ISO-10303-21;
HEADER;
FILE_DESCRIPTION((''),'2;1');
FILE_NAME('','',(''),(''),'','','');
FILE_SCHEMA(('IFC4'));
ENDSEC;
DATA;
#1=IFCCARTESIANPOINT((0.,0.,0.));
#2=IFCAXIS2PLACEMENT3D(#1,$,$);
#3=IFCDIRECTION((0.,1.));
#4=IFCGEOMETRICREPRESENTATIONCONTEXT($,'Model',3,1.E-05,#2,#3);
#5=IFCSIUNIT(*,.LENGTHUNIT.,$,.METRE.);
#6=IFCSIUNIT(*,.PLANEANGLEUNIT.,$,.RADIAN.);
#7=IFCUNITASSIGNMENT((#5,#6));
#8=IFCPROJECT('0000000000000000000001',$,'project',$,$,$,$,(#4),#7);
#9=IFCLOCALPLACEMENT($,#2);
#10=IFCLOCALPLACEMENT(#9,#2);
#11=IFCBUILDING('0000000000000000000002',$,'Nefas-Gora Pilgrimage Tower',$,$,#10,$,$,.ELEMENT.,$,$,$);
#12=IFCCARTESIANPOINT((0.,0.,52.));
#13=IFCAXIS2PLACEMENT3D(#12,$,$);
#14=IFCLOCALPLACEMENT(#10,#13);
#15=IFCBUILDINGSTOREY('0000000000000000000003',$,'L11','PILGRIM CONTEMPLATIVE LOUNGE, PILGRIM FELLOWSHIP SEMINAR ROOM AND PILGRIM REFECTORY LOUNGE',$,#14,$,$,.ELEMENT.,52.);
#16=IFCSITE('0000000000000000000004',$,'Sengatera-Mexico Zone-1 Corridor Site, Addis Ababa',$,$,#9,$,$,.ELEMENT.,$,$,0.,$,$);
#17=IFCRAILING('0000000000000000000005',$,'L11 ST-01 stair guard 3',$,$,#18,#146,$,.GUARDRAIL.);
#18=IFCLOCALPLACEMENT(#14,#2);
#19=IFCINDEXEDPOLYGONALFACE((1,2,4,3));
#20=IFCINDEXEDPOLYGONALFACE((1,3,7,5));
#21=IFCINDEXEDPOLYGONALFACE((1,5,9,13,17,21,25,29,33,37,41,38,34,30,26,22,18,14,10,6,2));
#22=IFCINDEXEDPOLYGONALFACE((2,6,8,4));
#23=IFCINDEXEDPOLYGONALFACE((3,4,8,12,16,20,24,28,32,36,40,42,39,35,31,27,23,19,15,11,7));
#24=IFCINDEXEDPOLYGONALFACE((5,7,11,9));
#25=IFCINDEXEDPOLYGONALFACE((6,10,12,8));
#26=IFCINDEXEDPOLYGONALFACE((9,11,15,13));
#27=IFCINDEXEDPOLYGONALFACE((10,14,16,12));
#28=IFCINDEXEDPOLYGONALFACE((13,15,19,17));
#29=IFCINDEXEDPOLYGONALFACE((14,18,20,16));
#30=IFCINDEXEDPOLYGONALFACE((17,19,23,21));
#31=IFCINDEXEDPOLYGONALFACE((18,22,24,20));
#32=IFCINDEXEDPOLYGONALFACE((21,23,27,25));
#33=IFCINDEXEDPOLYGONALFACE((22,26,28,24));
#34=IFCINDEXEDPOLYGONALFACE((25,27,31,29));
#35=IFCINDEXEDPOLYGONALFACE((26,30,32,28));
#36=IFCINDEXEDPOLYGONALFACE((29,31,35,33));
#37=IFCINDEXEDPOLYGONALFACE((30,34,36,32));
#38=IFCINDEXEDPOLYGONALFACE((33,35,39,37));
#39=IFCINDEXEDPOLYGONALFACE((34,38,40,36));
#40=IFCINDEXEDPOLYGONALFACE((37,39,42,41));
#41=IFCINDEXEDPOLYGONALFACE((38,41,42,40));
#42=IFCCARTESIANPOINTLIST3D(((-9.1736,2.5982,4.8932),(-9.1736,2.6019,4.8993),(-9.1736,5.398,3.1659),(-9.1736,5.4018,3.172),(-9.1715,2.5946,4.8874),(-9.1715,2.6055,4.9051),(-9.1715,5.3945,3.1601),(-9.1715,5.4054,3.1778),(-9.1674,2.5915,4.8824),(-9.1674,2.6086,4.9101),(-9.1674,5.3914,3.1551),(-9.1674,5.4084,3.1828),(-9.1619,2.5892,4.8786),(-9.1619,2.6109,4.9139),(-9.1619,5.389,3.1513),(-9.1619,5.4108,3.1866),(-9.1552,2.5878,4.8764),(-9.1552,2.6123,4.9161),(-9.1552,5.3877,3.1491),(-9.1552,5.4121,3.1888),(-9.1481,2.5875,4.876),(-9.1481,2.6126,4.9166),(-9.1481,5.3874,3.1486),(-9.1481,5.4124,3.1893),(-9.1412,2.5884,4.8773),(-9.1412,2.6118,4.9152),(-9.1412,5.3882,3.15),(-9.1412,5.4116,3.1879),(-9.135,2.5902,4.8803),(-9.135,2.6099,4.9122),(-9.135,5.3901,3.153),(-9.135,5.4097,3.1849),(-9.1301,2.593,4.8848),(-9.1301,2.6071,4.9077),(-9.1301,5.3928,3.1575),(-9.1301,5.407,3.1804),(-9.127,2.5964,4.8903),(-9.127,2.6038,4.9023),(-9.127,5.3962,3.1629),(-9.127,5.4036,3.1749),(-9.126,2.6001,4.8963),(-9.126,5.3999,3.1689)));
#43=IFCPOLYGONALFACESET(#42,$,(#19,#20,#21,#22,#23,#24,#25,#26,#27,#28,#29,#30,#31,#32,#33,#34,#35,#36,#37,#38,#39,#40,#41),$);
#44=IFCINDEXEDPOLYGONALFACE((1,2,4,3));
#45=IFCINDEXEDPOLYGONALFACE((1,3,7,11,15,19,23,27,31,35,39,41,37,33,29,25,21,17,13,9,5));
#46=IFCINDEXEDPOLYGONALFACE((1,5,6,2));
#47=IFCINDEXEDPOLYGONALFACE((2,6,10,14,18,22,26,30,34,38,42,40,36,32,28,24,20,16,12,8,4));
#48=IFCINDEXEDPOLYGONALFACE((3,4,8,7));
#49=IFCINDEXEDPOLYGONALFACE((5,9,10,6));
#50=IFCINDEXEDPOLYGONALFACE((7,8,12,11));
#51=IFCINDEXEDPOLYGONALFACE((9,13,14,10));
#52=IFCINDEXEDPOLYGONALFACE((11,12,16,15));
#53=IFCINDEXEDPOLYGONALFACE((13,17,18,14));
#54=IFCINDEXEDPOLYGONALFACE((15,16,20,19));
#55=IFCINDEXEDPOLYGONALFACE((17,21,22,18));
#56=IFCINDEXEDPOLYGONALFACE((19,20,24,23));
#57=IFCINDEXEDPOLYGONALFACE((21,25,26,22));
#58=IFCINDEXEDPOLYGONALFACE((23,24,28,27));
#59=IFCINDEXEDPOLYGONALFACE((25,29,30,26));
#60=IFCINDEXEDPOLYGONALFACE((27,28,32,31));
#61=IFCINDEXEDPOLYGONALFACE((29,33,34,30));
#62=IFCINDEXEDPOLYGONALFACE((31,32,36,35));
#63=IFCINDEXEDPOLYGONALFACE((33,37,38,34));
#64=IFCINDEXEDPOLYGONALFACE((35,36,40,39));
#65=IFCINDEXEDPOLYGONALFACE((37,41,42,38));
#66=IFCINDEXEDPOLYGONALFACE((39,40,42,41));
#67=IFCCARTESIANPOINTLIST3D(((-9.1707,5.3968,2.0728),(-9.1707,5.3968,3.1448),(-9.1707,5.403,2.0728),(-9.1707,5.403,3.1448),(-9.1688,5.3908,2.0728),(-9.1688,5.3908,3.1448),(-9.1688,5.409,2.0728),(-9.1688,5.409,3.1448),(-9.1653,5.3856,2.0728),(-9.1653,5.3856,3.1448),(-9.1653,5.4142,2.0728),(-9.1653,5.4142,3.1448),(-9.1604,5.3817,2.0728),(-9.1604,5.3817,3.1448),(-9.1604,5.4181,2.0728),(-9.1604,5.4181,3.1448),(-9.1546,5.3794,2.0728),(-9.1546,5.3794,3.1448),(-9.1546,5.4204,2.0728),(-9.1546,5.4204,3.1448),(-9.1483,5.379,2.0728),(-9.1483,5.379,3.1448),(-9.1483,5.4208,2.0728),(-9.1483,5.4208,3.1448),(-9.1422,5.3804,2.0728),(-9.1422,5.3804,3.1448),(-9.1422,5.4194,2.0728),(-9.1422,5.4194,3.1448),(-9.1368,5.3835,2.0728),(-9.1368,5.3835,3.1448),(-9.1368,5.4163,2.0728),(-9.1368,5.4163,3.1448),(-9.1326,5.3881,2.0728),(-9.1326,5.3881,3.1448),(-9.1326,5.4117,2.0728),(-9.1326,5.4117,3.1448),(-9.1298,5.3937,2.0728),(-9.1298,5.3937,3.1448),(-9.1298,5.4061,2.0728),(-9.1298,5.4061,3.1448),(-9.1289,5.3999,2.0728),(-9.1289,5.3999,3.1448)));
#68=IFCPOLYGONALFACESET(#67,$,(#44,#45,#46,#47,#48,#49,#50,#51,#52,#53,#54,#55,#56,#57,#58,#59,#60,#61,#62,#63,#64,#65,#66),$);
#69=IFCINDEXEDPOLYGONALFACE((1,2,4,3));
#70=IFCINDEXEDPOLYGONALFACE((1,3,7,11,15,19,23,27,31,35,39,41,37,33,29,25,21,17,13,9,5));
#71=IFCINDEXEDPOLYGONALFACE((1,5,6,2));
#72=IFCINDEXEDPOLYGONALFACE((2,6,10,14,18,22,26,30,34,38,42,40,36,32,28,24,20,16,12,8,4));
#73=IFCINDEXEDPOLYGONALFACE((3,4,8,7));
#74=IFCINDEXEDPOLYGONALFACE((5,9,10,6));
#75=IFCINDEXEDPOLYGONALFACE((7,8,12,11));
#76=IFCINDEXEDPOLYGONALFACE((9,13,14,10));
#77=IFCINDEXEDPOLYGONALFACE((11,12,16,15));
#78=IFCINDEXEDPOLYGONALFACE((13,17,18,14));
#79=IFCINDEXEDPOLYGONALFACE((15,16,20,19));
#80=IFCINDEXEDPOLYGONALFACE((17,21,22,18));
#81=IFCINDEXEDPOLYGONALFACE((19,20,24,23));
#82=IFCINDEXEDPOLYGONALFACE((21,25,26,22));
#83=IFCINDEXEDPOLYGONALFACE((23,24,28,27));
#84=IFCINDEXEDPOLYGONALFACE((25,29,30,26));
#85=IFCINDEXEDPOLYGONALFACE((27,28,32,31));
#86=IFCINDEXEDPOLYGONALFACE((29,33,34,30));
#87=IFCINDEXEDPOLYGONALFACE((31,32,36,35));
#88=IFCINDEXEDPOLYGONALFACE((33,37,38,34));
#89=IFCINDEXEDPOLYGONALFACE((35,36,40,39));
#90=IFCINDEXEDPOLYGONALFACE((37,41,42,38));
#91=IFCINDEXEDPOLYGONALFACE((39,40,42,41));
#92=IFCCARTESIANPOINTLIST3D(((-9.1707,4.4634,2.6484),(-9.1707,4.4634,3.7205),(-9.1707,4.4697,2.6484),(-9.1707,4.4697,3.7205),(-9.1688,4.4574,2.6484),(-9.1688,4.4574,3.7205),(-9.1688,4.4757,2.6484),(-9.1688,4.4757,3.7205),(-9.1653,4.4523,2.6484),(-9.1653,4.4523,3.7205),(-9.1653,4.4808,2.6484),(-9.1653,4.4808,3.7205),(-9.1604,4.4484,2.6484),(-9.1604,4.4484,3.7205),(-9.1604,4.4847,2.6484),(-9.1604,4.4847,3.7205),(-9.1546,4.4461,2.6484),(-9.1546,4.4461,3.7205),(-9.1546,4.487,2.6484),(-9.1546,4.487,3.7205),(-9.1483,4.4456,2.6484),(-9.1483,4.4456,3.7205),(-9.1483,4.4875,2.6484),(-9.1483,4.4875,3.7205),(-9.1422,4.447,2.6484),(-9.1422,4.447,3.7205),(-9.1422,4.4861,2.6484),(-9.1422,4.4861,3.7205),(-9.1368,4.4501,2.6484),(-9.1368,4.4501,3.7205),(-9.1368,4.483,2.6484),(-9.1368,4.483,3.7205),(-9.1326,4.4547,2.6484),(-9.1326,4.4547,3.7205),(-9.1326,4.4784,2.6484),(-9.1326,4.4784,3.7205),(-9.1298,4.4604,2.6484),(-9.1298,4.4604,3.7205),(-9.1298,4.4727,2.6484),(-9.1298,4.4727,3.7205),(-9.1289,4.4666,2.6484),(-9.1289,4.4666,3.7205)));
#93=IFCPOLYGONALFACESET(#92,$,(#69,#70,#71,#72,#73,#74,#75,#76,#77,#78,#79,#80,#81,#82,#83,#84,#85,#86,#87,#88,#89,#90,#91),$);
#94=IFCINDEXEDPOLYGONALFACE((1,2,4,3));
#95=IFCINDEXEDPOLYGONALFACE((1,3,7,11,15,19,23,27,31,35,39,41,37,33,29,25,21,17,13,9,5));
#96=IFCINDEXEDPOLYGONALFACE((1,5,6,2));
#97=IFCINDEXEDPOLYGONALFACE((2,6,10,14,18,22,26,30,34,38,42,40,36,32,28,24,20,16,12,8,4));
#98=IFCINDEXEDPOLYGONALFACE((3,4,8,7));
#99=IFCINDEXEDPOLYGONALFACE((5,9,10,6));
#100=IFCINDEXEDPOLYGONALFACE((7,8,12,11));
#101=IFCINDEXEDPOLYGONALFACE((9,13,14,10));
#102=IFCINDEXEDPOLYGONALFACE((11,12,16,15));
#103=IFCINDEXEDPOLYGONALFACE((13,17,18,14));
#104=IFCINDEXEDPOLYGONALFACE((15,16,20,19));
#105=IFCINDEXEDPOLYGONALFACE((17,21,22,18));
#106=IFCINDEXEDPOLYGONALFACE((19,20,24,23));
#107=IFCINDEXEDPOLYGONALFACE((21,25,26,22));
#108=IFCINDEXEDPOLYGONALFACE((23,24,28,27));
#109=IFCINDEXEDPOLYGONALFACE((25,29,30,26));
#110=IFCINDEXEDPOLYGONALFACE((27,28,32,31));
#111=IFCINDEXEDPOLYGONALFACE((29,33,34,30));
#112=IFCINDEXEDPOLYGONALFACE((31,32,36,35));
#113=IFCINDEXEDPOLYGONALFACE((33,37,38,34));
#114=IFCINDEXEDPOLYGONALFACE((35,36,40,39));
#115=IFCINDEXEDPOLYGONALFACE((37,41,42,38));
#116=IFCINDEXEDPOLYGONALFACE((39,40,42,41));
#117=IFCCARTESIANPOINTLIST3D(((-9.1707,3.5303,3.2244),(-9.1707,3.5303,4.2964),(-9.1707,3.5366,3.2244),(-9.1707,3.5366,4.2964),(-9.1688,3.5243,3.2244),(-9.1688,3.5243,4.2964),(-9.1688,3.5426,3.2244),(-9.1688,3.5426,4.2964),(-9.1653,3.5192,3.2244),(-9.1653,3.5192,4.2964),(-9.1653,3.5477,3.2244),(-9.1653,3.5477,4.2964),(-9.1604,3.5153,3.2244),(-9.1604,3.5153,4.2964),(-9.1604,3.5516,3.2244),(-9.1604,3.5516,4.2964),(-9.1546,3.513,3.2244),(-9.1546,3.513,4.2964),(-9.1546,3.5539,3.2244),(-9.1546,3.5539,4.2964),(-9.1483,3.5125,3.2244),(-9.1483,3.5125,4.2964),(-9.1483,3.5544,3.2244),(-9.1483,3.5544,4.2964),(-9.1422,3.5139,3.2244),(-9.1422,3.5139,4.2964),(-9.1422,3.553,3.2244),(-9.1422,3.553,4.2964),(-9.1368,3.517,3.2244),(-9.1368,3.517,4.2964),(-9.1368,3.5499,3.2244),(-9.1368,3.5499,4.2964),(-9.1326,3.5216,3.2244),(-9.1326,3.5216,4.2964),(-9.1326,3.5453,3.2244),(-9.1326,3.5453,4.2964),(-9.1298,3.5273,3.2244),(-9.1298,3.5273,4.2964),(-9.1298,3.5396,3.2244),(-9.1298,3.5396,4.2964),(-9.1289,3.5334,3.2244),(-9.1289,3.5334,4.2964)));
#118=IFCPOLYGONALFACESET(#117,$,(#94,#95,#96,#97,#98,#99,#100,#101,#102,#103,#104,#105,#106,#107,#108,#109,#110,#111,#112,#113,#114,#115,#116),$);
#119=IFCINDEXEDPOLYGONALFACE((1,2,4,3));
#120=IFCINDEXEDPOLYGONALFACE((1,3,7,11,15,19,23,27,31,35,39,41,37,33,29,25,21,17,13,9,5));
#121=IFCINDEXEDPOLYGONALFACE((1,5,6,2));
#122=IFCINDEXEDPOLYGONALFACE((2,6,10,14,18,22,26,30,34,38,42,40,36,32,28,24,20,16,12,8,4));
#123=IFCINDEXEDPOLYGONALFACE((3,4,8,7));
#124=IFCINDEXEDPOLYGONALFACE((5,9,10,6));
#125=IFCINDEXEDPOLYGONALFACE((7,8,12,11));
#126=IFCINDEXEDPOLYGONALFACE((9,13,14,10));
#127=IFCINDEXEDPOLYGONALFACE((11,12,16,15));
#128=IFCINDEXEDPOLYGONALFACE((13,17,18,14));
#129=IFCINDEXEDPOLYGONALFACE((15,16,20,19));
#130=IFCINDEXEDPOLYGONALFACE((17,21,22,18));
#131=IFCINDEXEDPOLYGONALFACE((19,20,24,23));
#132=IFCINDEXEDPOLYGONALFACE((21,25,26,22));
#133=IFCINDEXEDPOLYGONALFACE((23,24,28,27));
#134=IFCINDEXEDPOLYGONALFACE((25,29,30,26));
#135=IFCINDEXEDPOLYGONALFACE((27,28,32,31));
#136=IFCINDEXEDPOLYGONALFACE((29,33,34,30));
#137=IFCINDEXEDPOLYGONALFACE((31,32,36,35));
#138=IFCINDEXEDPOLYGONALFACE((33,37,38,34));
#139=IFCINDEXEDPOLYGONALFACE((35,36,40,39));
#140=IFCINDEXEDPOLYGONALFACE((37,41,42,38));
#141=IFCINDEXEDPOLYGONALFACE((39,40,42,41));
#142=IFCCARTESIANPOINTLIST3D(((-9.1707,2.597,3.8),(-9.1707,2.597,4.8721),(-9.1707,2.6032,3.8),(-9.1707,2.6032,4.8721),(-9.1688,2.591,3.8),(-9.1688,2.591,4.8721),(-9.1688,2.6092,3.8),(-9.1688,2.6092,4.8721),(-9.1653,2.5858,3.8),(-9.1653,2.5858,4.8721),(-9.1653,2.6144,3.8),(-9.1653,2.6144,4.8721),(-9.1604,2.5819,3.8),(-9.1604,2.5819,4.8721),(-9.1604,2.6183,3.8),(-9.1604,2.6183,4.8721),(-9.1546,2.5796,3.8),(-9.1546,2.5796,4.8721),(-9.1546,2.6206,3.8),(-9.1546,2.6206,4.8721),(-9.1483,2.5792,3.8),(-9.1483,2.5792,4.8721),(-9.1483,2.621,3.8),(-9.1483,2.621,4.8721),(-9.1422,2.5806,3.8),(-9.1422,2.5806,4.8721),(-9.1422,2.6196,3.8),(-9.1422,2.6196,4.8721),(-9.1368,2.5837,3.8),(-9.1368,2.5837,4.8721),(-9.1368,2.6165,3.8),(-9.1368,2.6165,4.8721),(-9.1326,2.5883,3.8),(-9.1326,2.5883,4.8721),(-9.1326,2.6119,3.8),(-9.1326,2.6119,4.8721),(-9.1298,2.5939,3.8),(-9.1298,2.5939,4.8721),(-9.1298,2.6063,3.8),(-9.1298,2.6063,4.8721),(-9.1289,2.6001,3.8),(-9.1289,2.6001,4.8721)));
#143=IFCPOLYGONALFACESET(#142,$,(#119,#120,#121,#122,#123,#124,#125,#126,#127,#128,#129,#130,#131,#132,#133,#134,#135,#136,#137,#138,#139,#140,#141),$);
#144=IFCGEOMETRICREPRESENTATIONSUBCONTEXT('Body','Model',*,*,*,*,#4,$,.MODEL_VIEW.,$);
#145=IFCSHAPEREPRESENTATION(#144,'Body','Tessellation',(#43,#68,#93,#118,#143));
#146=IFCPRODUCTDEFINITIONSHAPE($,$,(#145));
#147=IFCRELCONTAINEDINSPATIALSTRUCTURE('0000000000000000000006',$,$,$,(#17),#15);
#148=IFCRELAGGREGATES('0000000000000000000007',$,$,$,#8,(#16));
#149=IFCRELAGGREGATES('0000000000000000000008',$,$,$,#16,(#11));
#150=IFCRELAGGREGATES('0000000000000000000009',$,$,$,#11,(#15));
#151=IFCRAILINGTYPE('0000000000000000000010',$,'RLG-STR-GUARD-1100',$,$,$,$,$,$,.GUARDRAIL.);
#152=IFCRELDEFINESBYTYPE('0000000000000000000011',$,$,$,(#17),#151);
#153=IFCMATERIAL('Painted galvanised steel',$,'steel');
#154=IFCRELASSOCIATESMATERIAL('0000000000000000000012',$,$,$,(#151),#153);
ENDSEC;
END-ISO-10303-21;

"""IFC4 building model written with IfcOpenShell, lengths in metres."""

from ifc_helpers import new_model, si_unit, direction, frame, origin, origin_2d, place, context, subcontext, project, spatial, circle, extrude, material, type_object, element, save


model = new_model("IFC4")

# Units and contexts
model_context = context("Model", 3, precision=1e-05, world=origin(), true_north=direction((0.0, 1.0)))
body_context = subcontext(model_context, "Body", "Model", "MODEL_VIEW")
ifc_project = project(units=[si_unit("LENGTHUNIT", "METRE"), si_unit("PLANEANGLEUNIT", "RADIAN")], contexts=[model_context])

# Site, building, storey
site_placement = place(None, origin())
site = spatial("IfcSite", under=ifc_project, at=site_placement, Name="Sengatera-Mexico Zone-1 Corridor Site, Addis Ababa", CompositionType="ELEMENT", RefElevation=0.0)
building_placement = place(site_placement, origin())
building = spatial("IfcBuilding", under=site, at=building_placement, Name="Nefas-Gora Pilgrimage Tower", CompositionType="ELEMENT")
storey_placement = place(building_placement, frame((0.0, 0.0, 52.0)))
storey = spatial("IfcBuildingStorey", under=building, at=storey_placement, Name="L11", Description="PILGRIM CONTEMPLATIVE LOUNGE, PILGRIM FELLOWSHIP SEMINAR ROOM AND PILGRIM REFECTORY LOUNGE", CompositionType="ELEMENT", Elevation=52.0)

# Railing
ifc_material_1 = material(Name="Painted galvanised steel", Category="steel")
railing_type_1 = type_object("IfcRailingType", Name="RLG-STR-GUARD-1100", PredefinedType="GUARDRAIL", material=ifc_material_1)
railing_1_placement = place(storey_placement, frame((-9.1499, 5.3999, 2.0728)))
element("IfcRailing", 1, at=railing_1_placement, inside=storey, type_object=railing_type_1, Name="L11 ST-01 stair guard 3", PredefinedType="GUARDRAIL", context=body_context, shape_type="SweptSolid", body=[
    extrude(circle(Radius=0.0239, at=origin_2d()), frame((0.0, 0.0, 1.0962), z_axis=(0.0, -0.851069, 0.525054), x_axis=(1.0, 0.0, 0.0)), (0.0, 0.0, 1.0), 3.2898),
    extrude(circle(Radius=0.021, at=origin_2d()), origin(), (0.0, 0.0, 1.0), 1.072),
    extrude(circle(Radius=0.021, at=origin_2d()), frame((0.0, -0.9333, 0.5757)), (0.0, 0.0, 1.0), 1.072),
    extrude(circle(Radius=0.021, at=origin_2d()), frame((0.0, -1.8665, 1.1516)), (0.0, 0.0, 1.0), 1.072),
    extrude(circle(Radius=0.021, at=origin_2d()), frame((0.0, -2.7998, 1.7273)), (0.0, 0.0, 1.0), 1.072),
])

save(model, "model.ifc")
